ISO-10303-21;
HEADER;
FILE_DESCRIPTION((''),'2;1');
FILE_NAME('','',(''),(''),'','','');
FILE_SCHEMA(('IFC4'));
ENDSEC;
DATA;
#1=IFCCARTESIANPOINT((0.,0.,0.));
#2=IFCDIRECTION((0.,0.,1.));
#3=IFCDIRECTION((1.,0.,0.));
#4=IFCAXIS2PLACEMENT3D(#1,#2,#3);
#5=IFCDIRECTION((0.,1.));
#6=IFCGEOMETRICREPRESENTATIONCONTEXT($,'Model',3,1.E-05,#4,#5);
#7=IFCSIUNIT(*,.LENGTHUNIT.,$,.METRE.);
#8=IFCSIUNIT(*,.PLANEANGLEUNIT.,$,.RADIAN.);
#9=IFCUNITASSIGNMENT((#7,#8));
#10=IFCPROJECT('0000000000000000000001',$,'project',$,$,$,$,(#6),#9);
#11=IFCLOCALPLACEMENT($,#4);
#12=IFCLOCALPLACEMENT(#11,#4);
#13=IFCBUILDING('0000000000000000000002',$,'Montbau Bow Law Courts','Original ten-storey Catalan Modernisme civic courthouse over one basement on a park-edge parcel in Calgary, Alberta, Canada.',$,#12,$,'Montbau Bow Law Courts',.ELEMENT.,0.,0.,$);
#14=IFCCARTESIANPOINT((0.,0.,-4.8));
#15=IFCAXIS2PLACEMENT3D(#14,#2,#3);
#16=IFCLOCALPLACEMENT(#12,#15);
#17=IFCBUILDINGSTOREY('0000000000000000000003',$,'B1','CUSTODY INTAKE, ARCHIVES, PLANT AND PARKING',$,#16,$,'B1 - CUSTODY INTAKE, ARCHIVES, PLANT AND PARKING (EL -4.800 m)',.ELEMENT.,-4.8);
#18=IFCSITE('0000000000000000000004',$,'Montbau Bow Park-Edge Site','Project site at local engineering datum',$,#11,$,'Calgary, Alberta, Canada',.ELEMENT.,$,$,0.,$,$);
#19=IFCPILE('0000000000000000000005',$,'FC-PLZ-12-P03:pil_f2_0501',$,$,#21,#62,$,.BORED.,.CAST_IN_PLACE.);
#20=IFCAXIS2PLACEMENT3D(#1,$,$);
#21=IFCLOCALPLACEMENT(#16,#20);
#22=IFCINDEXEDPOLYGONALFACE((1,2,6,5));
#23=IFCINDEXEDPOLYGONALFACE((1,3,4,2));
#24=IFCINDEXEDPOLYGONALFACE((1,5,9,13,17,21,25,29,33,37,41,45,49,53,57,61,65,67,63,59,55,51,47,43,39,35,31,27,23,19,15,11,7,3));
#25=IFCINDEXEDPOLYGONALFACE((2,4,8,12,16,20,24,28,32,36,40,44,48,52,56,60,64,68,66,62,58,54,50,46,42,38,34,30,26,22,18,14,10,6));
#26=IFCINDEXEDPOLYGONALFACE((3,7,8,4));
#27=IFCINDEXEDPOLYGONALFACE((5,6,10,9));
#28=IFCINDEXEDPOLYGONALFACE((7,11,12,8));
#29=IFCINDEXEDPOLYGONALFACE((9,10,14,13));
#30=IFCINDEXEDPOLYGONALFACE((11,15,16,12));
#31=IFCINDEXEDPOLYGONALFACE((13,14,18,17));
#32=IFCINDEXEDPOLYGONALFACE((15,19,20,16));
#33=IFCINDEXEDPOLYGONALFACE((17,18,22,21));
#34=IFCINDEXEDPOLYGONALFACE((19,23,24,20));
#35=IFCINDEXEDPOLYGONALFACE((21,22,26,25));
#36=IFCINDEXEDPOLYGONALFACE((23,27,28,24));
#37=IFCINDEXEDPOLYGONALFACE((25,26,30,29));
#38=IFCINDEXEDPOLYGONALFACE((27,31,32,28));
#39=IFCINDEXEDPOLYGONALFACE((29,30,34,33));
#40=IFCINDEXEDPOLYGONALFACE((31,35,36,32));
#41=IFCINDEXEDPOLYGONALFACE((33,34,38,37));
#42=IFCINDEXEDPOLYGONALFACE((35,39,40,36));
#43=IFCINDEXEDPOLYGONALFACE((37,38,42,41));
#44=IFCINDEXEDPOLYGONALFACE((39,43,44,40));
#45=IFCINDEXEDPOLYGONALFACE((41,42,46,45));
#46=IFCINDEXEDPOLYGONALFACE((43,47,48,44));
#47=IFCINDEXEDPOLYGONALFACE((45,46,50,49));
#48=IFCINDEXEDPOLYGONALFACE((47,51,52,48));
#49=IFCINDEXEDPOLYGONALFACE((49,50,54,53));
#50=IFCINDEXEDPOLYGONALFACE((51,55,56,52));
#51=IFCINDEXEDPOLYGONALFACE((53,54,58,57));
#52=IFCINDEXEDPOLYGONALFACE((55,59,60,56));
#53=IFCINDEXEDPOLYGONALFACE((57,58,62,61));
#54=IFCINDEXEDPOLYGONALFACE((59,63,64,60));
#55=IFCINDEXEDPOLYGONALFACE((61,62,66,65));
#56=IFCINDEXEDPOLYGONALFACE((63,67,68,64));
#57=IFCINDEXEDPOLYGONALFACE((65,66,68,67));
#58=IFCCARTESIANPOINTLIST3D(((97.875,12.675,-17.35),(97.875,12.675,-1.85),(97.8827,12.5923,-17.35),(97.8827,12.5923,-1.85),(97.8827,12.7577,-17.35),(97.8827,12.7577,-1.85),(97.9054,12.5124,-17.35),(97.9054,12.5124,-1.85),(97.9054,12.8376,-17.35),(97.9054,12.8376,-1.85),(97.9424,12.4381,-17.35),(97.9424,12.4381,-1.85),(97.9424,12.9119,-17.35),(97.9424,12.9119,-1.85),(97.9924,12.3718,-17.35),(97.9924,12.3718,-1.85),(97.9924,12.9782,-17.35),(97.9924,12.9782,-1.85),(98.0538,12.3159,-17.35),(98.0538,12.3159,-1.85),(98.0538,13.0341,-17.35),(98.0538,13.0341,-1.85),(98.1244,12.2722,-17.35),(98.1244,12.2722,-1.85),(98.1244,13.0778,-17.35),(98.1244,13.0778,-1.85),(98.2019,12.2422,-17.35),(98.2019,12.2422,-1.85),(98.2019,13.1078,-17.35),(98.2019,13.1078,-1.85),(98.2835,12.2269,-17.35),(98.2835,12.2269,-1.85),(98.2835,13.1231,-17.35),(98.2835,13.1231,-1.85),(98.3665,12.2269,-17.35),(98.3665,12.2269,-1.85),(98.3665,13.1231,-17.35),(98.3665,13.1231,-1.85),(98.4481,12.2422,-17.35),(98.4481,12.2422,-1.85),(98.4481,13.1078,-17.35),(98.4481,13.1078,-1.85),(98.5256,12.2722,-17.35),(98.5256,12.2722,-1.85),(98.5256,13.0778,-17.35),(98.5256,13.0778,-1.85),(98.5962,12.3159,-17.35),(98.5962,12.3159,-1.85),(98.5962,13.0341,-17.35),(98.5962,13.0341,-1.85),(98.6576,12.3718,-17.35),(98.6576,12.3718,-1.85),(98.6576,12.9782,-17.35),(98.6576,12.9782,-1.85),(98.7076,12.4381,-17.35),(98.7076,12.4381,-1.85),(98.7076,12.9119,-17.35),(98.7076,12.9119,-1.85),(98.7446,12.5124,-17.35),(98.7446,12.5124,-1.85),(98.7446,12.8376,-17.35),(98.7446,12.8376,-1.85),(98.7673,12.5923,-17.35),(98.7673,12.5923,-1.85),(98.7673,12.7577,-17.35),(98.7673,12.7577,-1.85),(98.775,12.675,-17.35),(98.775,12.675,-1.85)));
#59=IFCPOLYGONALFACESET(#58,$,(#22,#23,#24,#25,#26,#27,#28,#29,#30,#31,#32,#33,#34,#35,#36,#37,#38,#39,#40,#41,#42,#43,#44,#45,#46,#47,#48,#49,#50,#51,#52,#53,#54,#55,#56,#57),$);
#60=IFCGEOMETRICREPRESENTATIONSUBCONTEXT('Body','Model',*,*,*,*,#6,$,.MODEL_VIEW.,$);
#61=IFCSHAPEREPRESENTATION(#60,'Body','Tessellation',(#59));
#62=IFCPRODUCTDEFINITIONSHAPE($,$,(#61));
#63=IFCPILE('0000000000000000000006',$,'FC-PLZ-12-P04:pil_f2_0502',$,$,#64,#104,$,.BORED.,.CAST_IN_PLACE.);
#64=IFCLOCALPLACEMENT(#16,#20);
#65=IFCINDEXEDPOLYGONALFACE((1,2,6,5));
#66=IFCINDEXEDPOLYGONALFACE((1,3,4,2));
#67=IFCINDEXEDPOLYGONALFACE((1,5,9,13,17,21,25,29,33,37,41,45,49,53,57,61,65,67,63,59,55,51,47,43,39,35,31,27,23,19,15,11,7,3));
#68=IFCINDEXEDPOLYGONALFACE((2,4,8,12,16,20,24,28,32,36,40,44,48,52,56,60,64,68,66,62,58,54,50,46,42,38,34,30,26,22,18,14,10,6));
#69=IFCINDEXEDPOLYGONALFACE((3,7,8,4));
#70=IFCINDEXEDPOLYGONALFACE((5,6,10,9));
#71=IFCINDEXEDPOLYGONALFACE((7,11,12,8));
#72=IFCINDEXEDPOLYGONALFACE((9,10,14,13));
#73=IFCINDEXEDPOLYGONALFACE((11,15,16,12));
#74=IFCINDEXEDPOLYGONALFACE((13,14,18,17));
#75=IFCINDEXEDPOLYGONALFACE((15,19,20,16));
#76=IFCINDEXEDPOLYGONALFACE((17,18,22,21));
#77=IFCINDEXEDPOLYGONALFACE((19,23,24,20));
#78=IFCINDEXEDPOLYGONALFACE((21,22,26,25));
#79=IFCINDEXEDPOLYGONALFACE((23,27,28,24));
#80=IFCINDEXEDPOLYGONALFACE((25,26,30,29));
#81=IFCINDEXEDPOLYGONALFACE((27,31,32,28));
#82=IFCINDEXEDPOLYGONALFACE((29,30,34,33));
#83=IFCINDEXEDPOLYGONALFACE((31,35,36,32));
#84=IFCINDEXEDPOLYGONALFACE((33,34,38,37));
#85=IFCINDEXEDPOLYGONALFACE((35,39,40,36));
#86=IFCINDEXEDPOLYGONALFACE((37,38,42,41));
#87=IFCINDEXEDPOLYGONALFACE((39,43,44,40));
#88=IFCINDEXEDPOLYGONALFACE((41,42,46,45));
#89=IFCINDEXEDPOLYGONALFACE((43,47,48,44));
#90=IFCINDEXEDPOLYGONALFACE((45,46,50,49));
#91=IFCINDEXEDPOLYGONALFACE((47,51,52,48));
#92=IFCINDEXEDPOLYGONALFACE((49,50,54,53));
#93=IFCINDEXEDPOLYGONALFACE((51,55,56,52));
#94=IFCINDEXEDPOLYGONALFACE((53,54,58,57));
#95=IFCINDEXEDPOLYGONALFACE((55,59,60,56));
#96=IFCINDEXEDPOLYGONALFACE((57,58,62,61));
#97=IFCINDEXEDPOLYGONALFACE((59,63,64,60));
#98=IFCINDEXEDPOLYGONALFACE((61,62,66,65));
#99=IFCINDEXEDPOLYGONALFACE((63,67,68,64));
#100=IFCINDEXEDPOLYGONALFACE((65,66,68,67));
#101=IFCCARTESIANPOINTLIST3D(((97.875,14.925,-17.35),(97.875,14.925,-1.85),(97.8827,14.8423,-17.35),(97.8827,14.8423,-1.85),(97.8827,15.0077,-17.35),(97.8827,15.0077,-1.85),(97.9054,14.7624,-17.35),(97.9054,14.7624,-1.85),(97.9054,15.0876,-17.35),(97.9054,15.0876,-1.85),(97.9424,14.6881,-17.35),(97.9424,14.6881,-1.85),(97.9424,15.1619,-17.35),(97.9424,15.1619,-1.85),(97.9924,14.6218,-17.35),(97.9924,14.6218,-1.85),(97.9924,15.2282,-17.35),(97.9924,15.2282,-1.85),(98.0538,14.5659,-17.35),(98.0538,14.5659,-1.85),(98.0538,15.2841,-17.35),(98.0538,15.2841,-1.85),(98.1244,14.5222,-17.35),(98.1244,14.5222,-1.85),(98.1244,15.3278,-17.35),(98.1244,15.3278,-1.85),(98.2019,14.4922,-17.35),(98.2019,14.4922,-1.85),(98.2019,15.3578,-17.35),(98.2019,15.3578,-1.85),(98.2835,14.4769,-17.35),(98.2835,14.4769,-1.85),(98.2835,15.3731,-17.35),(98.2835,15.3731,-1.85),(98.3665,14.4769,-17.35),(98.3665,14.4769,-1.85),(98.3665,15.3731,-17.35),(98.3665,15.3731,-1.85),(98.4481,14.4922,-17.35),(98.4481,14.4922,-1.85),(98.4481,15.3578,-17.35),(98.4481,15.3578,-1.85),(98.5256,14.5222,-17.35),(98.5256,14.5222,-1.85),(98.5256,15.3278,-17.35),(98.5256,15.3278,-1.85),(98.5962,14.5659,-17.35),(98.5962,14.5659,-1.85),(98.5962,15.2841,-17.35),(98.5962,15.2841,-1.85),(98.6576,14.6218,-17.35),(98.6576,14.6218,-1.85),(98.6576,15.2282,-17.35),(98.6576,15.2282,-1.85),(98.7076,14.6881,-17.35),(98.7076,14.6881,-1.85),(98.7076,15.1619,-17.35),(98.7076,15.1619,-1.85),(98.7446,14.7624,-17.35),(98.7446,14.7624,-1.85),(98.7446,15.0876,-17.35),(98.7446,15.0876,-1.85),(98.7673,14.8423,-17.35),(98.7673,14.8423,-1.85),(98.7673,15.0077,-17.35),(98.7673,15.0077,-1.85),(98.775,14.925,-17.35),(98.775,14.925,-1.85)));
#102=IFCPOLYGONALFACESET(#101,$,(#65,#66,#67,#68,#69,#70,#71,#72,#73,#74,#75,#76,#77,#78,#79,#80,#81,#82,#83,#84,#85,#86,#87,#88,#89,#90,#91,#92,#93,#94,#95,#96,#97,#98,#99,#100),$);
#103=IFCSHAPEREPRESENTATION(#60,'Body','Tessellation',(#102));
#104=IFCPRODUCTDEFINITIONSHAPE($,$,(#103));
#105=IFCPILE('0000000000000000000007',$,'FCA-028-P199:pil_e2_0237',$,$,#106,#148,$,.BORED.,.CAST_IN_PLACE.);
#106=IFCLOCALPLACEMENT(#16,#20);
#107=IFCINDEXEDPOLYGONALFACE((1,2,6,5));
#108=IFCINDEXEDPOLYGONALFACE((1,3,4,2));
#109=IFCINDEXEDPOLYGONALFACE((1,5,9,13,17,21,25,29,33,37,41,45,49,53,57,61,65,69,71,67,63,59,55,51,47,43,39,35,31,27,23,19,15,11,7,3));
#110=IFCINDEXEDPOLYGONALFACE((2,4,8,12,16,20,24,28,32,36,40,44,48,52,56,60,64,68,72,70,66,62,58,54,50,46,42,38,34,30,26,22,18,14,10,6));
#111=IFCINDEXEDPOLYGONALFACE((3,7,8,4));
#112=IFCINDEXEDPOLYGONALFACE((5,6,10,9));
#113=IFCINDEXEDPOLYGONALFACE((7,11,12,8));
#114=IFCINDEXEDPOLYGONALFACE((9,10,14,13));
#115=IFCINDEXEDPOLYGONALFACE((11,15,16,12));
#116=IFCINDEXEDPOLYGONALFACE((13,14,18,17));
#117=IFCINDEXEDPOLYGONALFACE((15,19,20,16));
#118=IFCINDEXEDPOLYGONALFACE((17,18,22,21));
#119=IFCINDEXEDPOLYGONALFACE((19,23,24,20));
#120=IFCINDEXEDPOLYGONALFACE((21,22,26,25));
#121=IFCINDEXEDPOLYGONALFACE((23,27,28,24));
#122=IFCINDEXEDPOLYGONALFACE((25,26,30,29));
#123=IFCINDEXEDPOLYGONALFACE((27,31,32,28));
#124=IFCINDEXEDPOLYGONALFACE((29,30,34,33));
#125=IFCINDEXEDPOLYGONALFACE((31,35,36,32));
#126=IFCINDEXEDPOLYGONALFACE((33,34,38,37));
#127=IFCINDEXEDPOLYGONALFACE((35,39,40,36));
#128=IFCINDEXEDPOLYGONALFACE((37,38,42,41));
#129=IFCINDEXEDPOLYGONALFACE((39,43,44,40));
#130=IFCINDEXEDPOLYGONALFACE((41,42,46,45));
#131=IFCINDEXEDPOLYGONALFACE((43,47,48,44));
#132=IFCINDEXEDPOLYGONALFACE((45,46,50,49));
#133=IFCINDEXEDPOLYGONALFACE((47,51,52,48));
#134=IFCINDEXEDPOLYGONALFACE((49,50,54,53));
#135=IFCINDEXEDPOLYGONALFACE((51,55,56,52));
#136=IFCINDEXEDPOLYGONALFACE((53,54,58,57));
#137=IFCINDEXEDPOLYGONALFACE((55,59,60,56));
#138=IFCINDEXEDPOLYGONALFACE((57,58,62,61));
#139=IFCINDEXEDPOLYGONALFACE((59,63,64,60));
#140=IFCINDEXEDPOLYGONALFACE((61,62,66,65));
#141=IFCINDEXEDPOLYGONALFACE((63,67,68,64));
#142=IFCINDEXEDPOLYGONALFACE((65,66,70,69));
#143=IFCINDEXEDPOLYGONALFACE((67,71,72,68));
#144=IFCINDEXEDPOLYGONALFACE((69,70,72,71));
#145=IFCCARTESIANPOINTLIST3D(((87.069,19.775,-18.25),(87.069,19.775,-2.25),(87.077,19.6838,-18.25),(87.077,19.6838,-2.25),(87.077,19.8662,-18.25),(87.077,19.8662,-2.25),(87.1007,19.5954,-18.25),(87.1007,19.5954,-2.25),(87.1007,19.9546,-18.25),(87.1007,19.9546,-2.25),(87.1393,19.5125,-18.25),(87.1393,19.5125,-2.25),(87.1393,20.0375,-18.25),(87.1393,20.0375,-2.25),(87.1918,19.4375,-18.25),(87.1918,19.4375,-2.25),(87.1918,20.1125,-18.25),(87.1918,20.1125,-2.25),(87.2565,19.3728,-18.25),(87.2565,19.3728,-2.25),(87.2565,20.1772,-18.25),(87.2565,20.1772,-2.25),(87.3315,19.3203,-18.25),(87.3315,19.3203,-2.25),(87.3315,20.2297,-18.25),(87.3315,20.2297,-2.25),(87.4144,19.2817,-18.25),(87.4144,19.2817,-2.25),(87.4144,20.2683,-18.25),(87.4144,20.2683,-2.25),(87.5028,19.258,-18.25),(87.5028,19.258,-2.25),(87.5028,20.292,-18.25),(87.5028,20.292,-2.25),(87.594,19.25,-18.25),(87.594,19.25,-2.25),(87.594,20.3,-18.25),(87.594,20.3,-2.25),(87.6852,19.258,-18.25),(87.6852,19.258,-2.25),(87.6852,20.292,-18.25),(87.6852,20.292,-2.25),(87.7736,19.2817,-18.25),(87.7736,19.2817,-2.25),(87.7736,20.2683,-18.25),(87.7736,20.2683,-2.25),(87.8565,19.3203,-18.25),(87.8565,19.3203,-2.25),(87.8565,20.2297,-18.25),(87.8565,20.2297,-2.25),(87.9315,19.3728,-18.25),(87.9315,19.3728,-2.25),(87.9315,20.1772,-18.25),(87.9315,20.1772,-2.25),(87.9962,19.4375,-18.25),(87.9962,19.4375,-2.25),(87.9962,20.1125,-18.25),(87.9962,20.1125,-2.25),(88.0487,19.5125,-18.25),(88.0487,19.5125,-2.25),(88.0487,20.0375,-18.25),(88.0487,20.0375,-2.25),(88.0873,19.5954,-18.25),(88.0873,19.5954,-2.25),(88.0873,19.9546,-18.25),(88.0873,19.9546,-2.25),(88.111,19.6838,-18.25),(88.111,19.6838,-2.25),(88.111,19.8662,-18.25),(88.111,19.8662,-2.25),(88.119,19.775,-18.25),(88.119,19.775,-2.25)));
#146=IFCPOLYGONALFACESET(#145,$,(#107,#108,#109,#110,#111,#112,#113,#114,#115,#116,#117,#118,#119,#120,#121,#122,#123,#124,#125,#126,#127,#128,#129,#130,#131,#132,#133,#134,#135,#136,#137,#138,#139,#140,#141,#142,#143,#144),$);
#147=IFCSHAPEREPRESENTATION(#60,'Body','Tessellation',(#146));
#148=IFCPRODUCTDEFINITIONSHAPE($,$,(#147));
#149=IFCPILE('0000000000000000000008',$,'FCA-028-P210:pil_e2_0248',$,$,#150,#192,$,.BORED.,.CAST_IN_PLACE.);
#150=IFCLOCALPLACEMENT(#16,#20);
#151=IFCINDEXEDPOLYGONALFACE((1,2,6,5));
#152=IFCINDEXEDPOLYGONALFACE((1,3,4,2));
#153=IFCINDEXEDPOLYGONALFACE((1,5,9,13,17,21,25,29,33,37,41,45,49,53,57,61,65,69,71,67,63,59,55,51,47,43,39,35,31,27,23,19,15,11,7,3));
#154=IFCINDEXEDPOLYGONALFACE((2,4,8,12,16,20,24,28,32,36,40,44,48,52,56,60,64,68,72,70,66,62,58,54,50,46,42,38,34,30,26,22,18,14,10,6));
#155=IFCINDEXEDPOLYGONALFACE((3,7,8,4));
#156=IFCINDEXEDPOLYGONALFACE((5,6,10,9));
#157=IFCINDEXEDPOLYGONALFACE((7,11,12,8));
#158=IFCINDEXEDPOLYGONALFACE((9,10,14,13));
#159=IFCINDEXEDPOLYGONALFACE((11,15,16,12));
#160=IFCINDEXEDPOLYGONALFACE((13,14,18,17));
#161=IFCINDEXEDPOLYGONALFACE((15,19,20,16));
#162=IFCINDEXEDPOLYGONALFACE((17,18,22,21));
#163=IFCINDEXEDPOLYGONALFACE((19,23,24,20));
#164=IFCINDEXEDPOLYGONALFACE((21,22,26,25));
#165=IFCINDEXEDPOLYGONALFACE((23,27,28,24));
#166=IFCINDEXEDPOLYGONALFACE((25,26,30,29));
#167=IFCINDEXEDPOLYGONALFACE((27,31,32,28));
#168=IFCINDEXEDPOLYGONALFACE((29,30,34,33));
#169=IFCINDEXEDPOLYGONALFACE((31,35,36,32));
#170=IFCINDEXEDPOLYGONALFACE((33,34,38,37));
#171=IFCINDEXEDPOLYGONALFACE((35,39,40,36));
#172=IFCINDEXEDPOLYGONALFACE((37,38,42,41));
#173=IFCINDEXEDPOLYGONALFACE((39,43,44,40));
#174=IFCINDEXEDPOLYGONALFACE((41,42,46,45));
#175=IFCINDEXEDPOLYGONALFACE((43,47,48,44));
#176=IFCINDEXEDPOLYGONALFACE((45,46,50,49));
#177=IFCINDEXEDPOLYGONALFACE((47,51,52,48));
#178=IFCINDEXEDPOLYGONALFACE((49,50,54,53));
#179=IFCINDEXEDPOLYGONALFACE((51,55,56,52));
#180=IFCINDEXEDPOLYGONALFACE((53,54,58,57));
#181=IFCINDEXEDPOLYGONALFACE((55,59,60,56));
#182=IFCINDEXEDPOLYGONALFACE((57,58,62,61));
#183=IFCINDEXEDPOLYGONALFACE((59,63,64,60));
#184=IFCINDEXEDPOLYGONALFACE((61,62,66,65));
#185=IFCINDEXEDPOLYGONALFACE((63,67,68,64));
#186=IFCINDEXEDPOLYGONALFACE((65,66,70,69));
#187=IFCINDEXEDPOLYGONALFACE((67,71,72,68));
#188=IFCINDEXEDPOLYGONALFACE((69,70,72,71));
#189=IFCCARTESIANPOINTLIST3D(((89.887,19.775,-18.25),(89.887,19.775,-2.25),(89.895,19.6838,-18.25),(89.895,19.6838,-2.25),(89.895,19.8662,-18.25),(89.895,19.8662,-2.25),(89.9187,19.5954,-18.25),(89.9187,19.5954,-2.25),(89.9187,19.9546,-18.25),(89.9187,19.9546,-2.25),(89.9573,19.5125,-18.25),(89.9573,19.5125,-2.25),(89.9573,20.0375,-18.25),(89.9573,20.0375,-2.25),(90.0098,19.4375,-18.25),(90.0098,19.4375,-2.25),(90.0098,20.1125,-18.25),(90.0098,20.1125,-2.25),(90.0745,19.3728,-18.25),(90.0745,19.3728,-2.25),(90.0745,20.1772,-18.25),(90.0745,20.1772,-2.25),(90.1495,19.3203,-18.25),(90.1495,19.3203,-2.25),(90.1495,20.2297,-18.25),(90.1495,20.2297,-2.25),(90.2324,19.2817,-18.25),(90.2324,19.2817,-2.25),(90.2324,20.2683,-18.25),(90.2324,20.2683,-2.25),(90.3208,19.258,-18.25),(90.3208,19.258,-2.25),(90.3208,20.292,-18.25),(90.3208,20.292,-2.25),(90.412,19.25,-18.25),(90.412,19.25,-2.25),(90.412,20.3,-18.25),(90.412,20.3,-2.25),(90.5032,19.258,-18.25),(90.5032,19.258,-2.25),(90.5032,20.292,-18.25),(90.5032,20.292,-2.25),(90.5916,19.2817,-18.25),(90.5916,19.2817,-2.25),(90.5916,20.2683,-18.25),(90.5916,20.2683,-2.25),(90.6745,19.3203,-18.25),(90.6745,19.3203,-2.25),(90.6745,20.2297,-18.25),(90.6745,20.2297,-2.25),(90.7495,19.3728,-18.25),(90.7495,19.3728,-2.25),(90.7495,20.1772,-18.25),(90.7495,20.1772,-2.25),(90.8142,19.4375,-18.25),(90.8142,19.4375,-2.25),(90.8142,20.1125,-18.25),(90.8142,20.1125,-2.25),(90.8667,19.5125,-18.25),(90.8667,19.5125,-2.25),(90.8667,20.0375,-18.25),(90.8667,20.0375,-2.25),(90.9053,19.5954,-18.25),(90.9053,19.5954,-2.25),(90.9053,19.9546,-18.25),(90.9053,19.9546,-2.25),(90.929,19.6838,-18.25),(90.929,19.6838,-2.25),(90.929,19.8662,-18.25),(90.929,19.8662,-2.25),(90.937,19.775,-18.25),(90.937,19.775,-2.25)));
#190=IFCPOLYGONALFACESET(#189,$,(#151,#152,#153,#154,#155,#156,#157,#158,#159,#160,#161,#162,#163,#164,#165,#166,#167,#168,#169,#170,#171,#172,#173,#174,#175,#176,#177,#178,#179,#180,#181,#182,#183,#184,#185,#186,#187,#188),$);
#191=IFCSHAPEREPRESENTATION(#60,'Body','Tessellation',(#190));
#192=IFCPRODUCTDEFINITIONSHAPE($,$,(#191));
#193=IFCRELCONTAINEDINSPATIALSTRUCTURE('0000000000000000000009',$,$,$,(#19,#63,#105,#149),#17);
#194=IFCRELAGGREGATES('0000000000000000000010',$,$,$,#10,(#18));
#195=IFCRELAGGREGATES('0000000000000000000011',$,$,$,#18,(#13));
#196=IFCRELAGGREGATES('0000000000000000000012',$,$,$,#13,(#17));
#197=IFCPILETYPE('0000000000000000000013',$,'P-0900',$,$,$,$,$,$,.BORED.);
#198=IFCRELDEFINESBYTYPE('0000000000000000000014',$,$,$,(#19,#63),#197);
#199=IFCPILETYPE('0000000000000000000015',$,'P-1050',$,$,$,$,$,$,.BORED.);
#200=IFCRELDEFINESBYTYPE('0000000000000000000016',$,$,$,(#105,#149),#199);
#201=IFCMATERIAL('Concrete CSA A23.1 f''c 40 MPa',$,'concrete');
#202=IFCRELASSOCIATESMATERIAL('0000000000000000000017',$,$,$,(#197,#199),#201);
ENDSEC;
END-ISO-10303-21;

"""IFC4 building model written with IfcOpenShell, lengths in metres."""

from ifc_helpers import new_model, si_unit, direction, frame, origin_with_axes, origin_2d_with_axis, place, context, subcontext, project, spatial, circle, extrude, material, material_profile, profile_set, type_object, element, save


model = new_model("IFC4")

# Units and contexts
model_context = context("Model", 3, precision=1e-05, world=origin_with_axes(), true_north=direction((0.0, 1.0)))
body_context = subcontext(model_context, "Body", "Model", "MODEL_VIEW")
ifc_project = project(units=[si_unit("LENGTHUNIT", "METRE"), si_unit("PLANEANGLEUNIT", "RADIAN")], contexts=[model_context])

# Site, building, storey
site_placement = place(None, origin_with_axes())
site = spatial("IfcSite", under=ifc_project, at=site_placement, Name="Montbau Bow Park-Edge Site", Description="Project site at local engineering datum", LongName="Calgary, Alberta, Canada", CompositionType="ELEMENT", RefElevation=0.0)
building_placement = place(site_placement, origin_with_axes())
building = spatial("IfcBuilding", under=site, at=building_placement, Name="Montbau Bow Law Courts", Description="Original ten-storey Catalan Modernisme civic courthouse over one basement on a park-edge parcel in Calgary, Alberta, Canada.", LongName="Montbau Bow Law Courts", CompositionType="ELEMENT", ElevationOfRefHeight=0.0, ElevationOfTerrain=0.0)
storey_placement = place(building_placement, frame((0.0, 0.0, -4.8), z_axis=(0.0, 0.0, 1.0), x_axis=(1.0, 0.0, 0.0)))
storey = spatial("IfcBuildingStorey", under=building, at=storey_placement, Name="B1", Description="CUSTODY INTAKE, ARCHIVES, PLANT AND PARKING", LongName="B1 - CUSTODY INTAKE, ARCHIVES, PLANT AND PARKING (EL -4.800 m)", CompositionType="ELEMENT", Elevation=-4.8)

# Piles
ifc_material_1 = material(Name="Concrete CSA A23.1 f'c 40 MPa", Category="concrete")
ifc_material_profile_1 = material_profile(ifc_material_1, circle(Radius=0.45, at=origin_2d_with_axis()), Name="BP900", Category="Main", Priority=0)
ifc_profile_set_1 = profile_set([ifc_material_profile_1], Name="Concrete CSA A23.1 f'c 40 MPa")
pile_type_1 = type_object("IfcPileType", Name="P-0900", PredefinedType="BORED", material=ifc_profile_set_1)
for number, where, z_axis, x_axis, name in (
    (1, (98.325, 12.675, -22.15), (0.0, 0.0, 1.0), (1.0, 0.0, 0.0), "FC-PLZ-12-P03:pil_f2_0501"),
    (2, (98.325, 14.925, -22.15), (0.0, 0.0, 1.0), (1.0, 0.0, 0.0), "FC-PLZ-12-P04:pil_f2_0502"),
):
    element("IfcPile", number, at=place(None, frame(where, z_axis=z_axis, x_axis=x_axis)), inside=storey, type_object=pile_type_1, Name=name, ConstructionType="CAST_IN_PLACE", PredefinedType="BORED", context=body_context, shape_type="SweptSolid", body=[
        extrude(circle(Radius=0.45, at=origin_2d_with_axis()), origin_with_axes(), (0.0, 0.0, 1.0), 15.5),
    ])
ifc_material_profile_2 = material_profile(ifc_material_1, circle(Radius=0.525, at=origin_2d_with_axis()), Name="BP1050", Category="Main", Priority=0)
ifc_profile_set_2 = profile_set([ifc_material_profile_2], Name="Concrete CSA A23.1 f'c 40 MPa")
pile_type_2 = type_object("IfcPileType", Name="P-1050", PredefinedType="BORED", material=ifc_profile_set_2)
for number, where, z_axis, x_axis, name in (
    (3, (87.594, 19.775, -23.05), (0.0, 0.0, 1.0), (1.0, 0.0, 0.0), "FCA-028-P199:pil_e2_0237"),
    (4, (90.412, 19.775, -23.05), (0.0, 0.0, 1.0), (1.0, 0.0, 0.0), "FCA-028-P210:pil_e2_0248"),
):
    element("IfcPile", number, at=place(None, frame(where, z_axis=z_axis, x_axis=x_axis)), inside=storey, type_object=pile_type_2, Name=name, ConstructionType="CAST_IN_PLACE", PredefinedType="BORED", context=body_context, shape_type="SweptSolid", body=[
        extrude(circle(Radius=0.525, at=origin_2d_with_axis()), origin_with_axes(), (0.0, 0.0, 1.0), 16.0),
    ])

save(model, "model.ifc")
